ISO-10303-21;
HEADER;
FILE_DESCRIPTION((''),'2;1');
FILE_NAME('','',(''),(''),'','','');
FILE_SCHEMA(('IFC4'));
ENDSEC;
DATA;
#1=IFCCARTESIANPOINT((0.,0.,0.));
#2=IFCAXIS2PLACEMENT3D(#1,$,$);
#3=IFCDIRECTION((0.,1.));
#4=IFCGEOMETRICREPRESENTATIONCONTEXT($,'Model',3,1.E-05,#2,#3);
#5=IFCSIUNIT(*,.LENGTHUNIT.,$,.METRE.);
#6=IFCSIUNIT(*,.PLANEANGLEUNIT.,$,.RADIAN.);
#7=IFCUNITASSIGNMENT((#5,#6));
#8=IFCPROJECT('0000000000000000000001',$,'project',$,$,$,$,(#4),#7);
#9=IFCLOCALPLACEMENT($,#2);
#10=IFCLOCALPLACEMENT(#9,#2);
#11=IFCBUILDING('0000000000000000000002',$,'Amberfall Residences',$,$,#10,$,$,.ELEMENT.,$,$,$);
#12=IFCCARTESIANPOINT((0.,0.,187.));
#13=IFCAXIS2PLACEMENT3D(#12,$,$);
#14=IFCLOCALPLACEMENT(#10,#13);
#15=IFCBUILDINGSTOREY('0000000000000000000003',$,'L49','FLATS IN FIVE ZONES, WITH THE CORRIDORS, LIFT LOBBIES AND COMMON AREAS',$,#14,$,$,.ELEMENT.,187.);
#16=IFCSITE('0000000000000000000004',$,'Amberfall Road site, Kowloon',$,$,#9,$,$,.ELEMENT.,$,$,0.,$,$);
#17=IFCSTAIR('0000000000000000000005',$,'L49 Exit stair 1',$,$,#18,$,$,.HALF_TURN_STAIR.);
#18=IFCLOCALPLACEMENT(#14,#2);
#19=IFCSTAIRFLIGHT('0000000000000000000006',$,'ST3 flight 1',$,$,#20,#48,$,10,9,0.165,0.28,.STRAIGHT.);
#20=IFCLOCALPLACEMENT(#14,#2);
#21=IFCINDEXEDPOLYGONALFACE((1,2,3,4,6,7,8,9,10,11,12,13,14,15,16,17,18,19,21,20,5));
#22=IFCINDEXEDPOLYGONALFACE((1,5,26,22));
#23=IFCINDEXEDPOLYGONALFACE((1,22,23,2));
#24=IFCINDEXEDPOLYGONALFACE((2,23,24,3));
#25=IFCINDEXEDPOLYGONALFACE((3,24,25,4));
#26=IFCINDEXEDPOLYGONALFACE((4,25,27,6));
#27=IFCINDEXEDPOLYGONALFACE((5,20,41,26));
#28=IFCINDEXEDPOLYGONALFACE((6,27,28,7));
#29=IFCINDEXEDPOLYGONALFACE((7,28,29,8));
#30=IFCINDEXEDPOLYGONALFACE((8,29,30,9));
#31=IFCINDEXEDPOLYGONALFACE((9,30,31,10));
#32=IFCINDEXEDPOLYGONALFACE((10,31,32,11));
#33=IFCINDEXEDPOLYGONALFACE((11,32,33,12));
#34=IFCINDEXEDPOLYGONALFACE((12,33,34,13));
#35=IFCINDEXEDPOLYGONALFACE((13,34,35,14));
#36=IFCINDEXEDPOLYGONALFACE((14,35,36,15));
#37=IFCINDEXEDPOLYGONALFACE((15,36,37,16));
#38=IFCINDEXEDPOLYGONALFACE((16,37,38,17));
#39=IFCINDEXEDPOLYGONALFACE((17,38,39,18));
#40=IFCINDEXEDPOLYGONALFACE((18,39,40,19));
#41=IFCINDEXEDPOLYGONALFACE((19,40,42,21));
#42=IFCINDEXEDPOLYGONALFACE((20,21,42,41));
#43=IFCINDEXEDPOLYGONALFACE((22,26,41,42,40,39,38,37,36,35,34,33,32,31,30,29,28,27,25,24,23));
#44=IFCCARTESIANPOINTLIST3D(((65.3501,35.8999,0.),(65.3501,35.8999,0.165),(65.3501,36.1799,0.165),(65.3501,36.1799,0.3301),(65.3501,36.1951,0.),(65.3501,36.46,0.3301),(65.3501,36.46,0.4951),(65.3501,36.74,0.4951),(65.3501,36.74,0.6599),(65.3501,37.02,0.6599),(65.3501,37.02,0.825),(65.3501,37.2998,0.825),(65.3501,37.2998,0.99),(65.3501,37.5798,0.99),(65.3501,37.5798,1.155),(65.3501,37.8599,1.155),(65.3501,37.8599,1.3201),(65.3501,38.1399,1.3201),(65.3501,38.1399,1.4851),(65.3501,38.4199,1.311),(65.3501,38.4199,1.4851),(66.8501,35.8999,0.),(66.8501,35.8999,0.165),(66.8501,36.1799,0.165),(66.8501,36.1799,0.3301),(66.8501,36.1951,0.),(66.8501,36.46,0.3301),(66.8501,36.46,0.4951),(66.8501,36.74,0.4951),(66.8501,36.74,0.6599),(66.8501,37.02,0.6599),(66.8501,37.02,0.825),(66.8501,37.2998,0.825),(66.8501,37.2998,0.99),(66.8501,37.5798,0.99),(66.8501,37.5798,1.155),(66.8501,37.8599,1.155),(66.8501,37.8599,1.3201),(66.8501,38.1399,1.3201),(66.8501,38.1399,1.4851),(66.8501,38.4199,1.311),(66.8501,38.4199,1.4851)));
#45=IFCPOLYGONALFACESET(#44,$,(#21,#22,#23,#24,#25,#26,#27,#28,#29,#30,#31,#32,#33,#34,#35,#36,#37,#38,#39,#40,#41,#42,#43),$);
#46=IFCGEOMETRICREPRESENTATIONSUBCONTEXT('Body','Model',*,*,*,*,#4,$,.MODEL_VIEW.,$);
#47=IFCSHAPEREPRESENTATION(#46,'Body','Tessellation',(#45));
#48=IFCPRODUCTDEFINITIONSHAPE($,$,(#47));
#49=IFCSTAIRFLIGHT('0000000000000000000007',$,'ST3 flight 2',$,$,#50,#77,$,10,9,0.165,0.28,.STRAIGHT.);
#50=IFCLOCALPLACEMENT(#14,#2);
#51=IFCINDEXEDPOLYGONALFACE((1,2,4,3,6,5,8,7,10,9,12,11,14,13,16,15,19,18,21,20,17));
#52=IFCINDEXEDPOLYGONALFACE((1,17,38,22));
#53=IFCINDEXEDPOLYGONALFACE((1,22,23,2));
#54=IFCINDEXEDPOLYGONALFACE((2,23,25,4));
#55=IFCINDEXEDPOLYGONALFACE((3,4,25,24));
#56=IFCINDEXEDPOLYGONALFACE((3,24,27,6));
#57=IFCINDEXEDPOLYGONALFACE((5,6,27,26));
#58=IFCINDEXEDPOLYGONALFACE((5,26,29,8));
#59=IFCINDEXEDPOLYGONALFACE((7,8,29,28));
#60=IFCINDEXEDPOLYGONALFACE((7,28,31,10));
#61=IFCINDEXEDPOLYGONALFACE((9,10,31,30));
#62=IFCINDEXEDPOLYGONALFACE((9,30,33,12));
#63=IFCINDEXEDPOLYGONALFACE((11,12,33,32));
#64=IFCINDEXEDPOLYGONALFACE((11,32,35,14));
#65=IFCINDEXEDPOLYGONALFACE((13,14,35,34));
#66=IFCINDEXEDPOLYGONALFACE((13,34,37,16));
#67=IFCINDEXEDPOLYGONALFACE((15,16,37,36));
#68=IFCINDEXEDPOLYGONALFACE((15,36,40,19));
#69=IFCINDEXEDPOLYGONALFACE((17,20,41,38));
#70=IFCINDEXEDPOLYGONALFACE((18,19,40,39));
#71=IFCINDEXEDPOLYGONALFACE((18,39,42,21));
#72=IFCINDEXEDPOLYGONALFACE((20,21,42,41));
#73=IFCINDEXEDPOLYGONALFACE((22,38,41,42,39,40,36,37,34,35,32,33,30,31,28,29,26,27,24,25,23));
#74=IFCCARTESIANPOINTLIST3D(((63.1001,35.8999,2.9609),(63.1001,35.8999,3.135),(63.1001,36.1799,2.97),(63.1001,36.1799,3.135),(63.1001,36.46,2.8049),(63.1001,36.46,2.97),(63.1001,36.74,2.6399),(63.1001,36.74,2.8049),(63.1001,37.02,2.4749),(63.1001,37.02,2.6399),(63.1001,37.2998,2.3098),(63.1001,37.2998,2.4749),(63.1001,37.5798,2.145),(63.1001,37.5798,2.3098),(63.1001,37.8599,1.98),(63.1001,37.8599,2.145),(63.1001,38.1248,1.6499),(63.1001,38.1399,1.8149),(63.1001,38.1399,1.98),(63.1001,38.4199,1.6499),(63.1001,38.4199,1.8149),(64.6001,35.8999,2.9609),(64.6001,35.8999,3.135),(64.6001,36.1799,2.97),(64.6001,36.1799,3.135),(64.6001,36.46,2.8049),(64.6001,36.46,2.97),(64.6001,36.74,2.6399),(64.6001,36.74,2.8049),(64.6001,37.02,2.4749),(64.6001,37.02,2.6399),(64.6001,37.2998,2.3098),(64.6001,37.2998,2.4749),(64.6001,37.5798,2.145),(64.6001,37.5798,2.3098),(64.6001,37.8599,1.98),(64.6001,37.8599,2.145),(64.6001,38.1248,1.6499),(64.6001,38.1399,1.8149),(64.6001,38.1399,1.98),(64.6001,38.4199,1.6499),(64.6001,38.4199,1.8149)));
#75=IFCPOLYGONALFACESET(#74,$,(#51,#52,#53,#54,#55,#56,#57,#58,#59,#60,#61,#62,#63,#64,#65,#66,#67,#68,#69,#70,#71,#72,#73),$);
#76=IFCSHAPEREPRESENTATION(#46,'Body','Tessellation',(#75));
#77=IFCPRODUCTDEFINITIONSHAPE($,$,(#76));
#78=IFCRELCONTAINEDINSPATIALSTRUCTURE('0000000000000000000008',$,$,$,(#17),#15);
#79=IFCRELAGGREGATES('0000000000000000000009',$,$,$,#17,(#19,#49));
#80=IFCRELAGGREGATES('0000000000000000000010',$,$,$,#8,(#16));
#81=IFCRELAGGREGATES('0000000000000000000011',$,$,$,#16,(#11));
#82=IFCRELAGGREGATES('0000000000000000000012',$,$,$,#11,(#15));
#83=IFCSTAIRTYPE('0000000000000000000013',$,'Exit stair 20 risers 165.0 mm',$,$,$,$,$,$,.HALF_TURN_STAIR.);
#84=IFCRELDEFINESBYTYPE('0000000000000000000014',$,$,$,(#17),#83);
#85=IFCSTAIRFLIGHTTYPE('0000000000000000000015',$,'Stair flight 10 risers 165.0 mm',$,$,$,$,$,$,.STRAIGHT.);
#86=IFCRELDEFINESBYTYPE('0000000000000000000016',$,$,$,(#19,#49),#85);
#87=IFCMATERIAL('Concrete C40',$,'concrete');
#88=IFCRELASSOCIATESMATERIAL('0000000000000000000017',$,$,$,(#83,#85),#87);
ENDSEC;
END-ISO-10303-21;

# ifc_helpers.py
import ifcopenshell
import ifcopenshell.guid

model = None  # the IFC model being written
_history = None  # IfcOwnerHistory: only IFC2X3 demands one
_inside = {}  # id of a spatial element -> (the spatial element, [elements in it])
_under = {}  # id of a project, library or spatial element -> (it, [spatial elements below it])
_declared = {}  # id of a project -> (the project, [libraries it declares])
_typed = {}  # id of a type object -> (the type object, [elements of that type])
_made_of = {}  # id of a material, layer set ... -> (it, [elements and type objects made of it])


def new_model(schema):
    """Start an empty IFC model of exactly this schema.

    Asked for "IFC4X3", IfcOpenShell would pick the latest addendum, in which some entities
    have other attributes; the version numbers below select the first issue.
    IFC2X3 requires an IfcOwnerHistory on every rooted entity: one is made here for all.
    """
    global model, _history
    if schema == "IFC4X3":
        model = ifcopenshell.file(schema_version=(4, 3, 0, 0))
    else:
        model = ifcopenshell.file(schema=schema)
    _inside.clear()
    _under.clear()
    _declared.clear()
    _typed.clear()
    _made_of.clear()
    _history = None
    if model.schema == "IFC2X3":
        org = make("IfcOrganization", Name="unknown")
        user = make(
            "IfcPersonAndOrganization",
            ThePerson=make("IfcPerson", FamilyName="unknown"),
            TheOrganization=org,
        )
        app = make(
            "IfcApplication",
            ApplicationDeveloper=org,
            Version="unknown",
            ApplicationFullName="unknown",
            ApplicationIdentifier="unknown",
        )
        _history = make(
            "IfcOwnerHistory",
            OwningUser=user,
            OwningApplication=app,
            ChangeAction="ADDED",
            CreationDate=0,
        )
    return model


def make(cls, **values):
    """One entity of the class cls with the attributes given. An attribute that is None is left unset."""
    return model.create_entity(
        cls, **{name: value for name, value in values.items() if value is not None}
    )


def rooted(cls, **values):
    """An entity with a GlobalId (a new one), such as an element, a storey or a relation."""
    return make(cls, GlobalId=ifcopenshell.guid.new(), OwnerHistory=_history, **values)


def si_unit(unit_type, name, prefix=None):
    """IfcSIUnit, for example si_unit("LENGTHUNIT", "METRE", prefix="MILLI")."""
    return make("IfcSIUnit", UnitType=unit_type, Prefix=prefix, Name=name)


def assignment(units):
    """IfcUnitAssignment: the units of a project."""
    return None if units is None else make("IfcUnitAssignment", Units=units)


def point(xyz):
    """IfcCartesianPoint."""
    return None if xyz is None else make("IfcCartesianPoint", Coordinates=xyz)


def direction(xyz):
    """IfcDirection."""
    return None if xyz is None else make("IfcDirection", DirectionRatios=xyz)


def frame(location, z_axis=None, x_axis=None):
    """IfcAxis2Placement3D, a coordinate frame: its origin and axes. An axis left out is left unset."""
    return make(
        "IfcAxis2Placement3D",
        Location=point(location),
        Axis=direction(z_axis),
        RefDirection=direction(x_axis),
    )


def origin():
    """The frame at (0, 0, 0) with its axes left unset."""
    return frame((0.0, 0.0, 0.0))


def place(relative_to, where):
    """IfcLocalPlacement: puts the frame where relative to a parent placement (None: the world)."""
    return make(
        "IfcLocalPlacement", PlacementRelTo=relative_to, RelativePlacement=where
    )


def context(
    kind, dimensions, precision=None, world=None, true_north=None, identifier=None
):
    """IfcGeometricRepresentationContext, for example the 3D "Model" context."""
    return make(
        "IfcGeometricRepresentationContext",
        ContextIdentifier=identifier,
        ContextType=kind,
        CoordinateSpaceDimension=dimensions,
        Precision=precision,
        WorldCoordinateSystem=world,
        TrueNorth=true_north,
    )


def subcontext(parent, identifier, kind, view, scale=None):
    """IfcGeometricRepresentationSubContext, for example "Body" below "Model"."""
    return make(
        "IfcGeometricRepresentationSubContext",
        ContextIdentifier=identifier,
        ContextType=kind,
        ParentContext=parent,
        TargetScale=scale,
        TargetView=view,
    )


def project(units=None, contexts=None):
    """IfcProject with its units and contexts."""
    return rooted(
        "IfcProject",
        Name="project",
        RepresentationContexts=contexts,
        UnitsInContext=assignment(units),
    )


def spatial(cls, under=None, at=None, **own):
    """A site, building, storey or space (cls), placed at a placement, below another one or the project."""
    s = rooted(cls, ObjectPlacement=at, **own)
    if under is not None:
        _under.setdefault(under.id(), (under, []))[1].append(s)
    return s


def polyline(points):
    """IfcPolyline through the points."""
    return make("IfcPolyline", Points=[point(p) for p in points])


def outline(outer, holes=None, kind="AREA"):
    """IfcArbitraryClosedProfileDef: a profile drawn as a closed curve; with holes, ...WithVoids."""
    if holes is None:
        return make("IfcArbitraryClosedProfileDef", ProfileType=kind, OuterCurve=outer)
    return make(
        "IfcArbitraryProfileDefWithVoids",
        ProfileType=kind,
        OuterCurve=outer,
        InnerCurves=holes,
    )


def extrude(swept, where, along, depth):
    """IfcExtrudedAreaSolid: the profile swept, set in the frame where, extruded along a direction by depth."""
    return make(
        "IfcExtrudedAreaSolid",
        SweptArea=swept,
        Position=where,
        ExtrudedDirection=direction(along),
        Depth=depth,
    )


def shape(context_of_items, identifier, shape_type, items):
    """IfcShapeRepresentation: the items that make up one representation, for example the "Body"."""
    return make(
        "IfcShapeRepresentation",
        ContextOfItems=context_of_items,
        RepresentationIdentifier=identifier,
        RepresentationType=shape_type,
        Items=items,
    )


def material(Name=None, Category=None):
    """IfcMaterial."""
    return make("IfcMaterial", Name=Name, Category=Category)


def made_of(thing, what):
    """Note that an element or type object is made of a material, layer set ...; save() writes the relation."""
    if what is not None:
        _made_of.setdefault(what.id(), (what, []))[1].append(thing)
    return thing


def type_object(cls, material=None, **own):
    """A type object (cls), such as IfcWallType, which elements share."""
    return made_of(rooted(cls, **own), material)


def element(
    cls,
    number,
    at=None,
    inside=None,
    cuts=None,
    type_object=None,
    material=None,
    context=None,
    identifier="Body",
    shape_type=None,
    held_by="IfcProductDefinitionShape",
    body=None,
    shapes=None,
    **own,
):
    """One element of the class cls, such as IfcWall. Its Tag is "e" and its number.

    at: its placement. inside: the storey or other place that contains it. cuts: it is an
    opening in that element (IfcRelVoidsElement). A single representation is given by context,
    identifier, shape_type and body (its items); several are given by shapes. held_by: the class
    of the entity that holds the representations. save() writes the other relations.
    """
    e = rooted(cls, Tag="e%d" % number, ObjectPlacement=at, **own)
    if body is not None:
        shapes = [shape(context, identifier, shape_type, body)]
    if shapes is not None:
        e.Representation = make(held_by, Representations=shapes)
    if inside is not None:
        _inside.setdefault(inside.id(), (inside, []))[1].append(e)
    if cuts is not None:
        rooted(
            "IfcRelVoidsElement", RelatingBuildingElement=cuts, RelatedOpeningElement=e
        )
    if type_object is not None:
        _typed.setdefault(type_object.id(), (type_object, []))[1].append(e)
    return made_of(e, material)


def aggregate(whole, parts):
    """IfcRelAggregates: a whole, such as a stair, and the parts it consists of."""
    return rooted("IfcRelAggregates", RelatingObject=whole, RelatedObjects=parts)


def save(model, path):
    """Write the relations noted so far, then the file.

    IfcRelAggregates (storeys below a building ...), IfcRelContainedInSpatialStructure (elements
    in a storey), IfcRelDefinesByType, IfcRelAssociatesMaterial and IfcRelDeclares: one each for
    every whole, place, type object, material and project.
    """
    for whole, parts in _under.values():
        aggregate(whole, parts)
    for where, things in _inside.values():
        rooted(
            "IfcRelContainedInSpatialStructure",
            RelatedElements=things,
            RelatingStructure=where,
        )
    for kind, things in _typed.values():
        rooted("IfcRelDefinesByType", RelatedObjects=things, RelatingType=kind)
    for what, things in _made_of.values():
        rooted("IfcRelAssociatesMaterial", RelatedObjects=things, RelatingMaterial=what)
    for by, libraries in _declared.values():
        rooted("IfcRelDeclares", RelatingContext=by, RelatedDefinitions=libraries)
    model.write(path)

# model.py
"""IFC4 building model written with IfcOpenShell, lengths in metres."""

from ifc_helpers import new_model, si_unit, direction, frame, origin, place, context, subcontext, project, spatial, polyline, outline, extrude, material, type_object, element, aggregate, save


model = new_model("IFC4")

# Units and contexts
model_context = context("Model", 3, precision=1e-05, world=origin(), true_north=direction((0.0, 1.0)))
body_context = subcontext(model_context, "Body", "Model", "MODEL_VIEW")
ifc_project = project(units=[si_unit("LENGTHUNIT", "METRE"), si_unit("PLANEANGLEUNIT", "RADIAN")], contexts=[model_context])

# Site, building, storey
site_placement = place(None, origin())
site = spatial("IfcSite", under=ifc_project, at=site_placement, Name="Amberfall Road site, Kowloon", CompositionType="ELEMENT", RefElevation=0.0)
building_placement = place(site_placement, origin())
building = spatial("IfcBuilding", under=site, at=building_placement, Name="Amberfall Residences", CompositionType="ELEMENT")
storey_placement = place(building_placement, frame((0.0, 0.0, 187.0)))
storey = spatial("IfcBuildingStorey", under=building, at=storey_placement, Name="L49", Description="FLATS IN FIVE ZONES, WITH THE CORRIDORS, LIFT LOBBIES AND COMMON AREAS", CompositionType="ELEMENT", Elevation=187.0)

# Stair, stair flights
ifc_material_1 = material(Name="Concrete C40", Category="concrete")
stair_type = type_object("IfcStairType", Name="Exit stair 20 risers 165.0 mm", PredefinedType="HALF_TURN_STAIR", material=ifc_material_1)
stair_placement = place(storey_placement, origin())
stair = element("IfcStair", 1, at=stair_placement, inside=storey, type_object=stair_type, Name="L49 Exit stair 1", PredefinedType="HALF_TURN_STAIR")
stair_flight_type = type_object("IfcStairFlightType", Name="Stair flight 10 risers 165.0 mm", PredefinedType="STRAIGHT", material=ifc_material_1)
stair_flight_1_placement = place(storey_placement, frame((66.1001, 35.8999, 0.0), z_axis=(0.0, 0.0, 1.0), x_axis=(0.0, 1.0, 0.0)))
stair_flight_1 = element("IfcStairFlight", 2, at=stair_flight_1_placement, type_object=stair_flight_type, Name="ST3 flight 1", NumberOfRisers=10, NumberOfTreads=9, PredefinedType="STRAIGHT", RiserHeight=0.165, TreadLength=0.28, context=body_context, shape_type="SweptSolid", body=[
    extrude(outline(polyline([(0.0, 0.0), (0.0, 0.165), (0.28, 0.165), (0.28, 0.3301), (0.5601, 0.3301), (0.5601, 0.4951), (0.8401, 0.4951), (0.8401, 0.6599), (1.1201, 0.6599), (1.1201, 0.825), (1.3999, 0.825), (1.3999, 0.99), (1.6799, 0.99), (1.6799, 1.155), (1.96, 1.155), (1.96, 1.3201), (2.24, 1.3201), (2.24, 1.4851), (2.52, 1.4851), (2.52, 1.6499), (2.52, 1.311), (0.2952, 0.0), (0.0, 0.0)])), frame((0.0, 0.75, 0.0), z_axis=(0.0, -1.0, 0.0), x_axis=(1.0, 0.0, 0.0)), (0.0, 0.0, 1.0), 1.5),
])
stair_flight_2_placement = place(storey_placement, frame((63.8501, 38.4199, 1.6499), z_axis=(0.0, 0.0, 1.0), x_axis=(0.0, -1.0, 0.0)))
stair_flight_2 = element("IfcStairFlight", 3, at=stair_flight_2_placement, type_object=stair_flight_type, Name="ST3 flight 2", NumberOfRisers=10, NumberOfTreads=9, PredefinedType="STRAIGHT", RiserHeight=0.165, TreadLength=0.28, context=body_context, shape_type="SweptSolid", body=[
    extrude(outline(polyline([(0.0, 0.0), (0.0, 0.165), (0.28, 0.165), (0.28, 0.3301), (0.5601, 0.3301), (0.5601, 0.4951), (0.8401, 0.4951), (0.8401, 0.6599), (1.1201, 0.6599), (1.1201, 0.825), (1.3999, 0.825), (1.3999, 0.99), (1.6799, 0.99), (1.6799, 1.155), (1.96, 1.155), (1.96, 1.3201), (2.24, 1.3201), (2.24, 1.4851), (2.52, 1.4851), (2.52, 1.6499), (2.52, 1.311), (0.2952, 0.0), (0.0, 0.0)])), frame((0.0, 0.75, 0.0), z_axis=(0.0, -1.0, 0.0), x_axis=(1.0, 0.0, 0.0)), (0.0, 0.0, 1.0), 1.5),
])
aggregate(stair, [stair_flight_1, stair_flight_2])

save(model, "model.ifc")
